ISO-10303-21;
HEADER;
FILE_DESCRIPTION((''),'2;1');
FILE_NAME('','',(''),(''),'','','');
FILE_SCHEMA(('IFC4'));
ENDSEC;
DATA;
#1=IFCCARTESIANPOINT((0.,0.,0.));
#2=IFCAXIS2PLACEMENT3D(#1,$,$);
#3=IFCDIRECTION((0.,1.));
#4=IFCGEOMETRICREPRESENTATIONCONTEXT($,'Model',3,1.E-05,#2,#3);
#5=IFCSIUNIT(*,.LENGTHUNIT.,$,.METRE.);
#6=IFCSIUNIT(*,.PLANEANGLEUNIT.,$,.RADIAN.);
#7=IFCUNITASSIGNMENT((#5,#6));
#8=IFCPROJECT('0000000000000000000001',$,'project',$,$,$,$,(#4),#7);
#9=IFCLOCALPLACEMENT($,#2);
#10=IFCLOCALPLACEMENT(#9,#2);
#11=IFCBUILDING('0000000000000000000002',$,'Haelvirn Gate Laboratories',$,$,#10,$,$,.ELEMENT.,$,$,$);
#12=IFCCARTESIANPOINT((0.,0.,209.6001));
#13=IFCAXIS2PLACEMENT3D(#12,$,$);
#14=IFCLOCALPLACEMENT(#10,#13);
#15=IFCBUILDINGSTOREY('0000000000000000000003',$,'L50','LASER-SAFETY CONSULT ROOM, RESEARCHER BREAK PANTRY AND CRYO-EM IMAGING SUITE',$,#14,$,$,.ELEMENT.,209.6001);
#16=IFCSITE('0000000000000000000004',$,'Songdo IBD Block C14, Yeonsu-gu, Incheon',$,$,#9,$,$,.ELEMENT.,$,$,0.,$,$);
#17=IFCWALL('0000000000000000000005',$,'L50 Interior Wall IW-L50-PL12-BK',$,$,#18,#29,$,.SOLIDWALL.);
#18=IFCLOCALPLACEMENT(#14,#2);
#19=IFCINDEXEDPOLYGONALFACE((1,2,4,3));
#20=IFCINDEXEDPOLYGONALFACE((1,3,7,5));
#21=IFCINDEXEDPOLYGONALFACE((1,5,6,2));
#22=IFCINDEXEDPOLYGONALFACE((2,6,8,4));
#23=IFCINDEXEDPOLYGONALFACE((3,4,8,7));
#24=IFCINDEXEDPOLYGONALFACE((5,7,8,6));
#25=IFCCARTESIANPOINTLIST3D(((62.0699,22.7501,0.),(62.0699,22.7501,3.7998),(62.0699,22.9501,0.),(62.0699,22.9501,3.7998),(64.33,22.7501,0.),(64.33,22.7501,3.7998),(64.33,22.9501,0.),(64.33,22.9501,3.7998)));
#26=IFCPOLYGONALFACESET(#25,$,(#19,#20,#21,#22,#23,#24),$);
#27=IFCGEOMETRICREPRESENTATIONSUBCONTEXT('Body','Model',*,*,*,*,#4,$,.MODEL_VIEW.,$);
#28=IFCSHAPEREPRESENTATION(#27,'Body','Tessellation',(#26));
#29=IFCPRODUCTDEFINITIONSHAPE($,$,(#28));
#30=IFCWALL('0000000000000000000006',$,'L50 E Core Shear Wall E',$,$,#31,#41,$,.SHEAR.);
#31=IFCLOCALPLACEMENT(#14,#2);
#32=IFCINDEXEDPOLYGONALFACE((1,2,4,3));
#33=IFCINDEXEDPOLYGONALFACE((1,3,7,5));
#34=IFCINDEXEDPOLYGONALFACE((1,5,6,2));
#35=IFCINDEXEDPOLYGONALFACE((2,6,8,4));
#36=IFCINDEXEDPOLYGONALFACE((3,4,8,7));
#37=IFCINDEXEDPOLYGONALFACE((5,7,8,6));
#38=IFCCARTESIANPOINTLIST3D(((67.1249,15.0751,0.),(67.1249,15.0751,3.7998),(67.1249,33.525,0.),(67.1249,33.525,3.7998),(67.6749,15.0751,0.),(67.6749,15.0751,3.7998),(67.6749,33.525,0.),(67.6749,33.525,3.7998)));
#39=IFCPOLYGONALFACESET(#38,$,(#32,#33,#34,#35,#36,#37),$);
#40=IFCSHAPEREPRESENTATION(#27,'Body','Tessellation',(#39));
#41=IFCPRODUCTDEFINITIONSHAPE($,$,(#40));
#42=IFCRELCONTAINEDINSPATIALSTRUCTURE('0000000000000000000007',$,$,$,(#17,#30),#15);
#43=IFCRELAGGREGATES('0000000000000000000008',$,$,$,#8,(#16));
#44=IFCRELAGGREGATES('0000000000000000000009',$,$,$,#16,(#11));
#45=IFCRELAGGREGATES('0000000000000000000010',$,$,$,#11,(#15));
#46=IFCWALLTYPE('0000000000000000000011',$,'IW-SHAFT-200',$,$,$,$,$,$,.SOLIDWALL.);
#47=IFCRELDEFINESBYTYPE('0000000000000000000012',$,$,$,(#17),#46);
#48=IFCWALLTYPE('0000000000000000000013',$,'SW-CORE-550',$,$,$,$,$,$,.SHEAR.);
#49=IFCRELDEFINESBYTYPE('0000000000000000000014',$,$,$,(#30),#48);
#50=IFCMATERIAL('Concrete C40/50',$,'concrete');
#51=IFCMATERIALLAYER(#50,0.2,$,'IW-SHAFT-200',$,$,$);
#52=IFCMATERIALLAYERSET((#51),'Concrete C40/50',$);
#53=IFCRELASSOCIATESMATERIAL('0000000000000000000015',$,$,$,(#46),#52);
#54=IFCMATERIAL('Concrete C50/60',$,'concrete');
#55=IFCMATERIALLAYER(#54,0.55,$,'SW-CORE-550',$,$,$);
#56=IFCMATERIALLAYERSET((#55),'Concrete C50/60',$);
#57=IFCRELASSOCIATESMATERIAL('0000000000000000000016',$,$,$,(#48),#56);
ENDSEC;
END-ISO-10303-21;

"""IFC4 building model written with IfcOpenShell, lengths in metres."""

from ifc_helpers import new_model, si_unit, direction, frame, frame_2d, origin, place, context, subcontext, project, spatial, rectangle, extrude, material, layer, layer_set, type_object, element, save


model = new_model("IFC4")

# Units and contexts
model_context = context("Model", 3, precision=1e-05, world=origin(), true_north=direction((0.0, 1.0)))
body_context = subcontext(model_context, "Body", "Model", "MODEL_VIEW")
ifc_project = project(units=[si_unit("LENGTHUNIT", "METRE"), si_unit("PLANEANGLEUNIT", "RADIAN")], contexts=[model_context])

# Site, building, storey
site_placement = place(None, origin())
site = spatial("IfcSite", under=ifc_project, at=site_placement, Name="Songdo IBD Block C14, Yeonsu-gu, Incheon", CompositionType="ELEMENT", RefElevation=0.0)
building_placement = place(site_placement, origin())
building = spatial("IfcBuilding", under=site, at=building_placement, Name="Haelvirn Gate Laboratories", CompositionType="ELEMENT")
storey_placement = place(building_placement, frame((0.0, 0.0, 209.6001)))
storey = spatial("IfcBuildingStorey", under=building, at=storey_placement, Name="L50", Description="LASER-SAFETY CONSULT ROOM, RESEARCHER BREAK PANTRY AND CRYO-EM IMAGING SUITE", CompositionType="ELEMENT", Elevation=209.6001)

# Shared definitions
ifc_material_1 = material(Name="Concrete C50/60", Category="concrete")

# Shared definitions
ifc_material_2 = material(Name="Concrete C40/50", Category="concrete")

# Shared definitions
ifc_layer_1 = layer(ifc_material_2, 0.2, Name="IW-SHAFT-200")
ifc_layer_set_1 = layer_set([ifc_layer_1], Name="Concrete C40/50")
wall_type_1 = type_object("IfcWallType", Name="IW-SHAFT-200", PredefinedType="SOLIDWALL", material=ifc_layer_set_1)

# Walls
wall_1_placement = place(storey_placement, frame((62.0701, 22.8501, 0.0), z_axis=(0.0, 0.0, 1.0), x_axis=(1.0, 0.0, 0.0)))
element("IfcWall", 1, at=wall_1_placement, inside=storey, type_object=wall_type_1, Name="L50 Interior Wall IW-L50-PL12-BK", PredefinedType="SOLIDWALL", context=body_context, shape_type="SweptSolid", body=[
    extrude(rectangle(XDim=2.26, YDim=0.2, at=frame_2d((1.1299, 0.0))), origin(), (0.0, 0.0, 1.0), 3.7998),
])
ifc_layer_2 = layer(ifc_material_1, 0.55, Name="SW-CORE-550")
ifc_layer_set_2 = layer_set([ifc_layer_2], Name="Concrete C50/60")
wall_type_2 = type_object("IfcWallType", Name="SW-CORE-550", PredefinedType="SHEAR", material=ifc_layer_set_2)
wall_2_placement = place(storey_placement, frame((67.3999, 15.075, 0.0), z_axis=(0.0, 0.0, 1.0), x_axis=(0.0, 1.0, 0.0)))
element("IfcWall", 2, at=wall_2_placement, inside=storey, type_object=wall_type_2, Name="L50 E Core Shear Wall E", PredefinedType="SHEAR", context=body_context, shape_type="SweptSolid", body=[
    extrude(rectangle(XDim=18.45, YDim=0.55, at=frame_2d((9.2251, 0.0))), origin(), (0.0, 0.0, 1.0), 3.7998),
])

save(model, "model.ifc")
